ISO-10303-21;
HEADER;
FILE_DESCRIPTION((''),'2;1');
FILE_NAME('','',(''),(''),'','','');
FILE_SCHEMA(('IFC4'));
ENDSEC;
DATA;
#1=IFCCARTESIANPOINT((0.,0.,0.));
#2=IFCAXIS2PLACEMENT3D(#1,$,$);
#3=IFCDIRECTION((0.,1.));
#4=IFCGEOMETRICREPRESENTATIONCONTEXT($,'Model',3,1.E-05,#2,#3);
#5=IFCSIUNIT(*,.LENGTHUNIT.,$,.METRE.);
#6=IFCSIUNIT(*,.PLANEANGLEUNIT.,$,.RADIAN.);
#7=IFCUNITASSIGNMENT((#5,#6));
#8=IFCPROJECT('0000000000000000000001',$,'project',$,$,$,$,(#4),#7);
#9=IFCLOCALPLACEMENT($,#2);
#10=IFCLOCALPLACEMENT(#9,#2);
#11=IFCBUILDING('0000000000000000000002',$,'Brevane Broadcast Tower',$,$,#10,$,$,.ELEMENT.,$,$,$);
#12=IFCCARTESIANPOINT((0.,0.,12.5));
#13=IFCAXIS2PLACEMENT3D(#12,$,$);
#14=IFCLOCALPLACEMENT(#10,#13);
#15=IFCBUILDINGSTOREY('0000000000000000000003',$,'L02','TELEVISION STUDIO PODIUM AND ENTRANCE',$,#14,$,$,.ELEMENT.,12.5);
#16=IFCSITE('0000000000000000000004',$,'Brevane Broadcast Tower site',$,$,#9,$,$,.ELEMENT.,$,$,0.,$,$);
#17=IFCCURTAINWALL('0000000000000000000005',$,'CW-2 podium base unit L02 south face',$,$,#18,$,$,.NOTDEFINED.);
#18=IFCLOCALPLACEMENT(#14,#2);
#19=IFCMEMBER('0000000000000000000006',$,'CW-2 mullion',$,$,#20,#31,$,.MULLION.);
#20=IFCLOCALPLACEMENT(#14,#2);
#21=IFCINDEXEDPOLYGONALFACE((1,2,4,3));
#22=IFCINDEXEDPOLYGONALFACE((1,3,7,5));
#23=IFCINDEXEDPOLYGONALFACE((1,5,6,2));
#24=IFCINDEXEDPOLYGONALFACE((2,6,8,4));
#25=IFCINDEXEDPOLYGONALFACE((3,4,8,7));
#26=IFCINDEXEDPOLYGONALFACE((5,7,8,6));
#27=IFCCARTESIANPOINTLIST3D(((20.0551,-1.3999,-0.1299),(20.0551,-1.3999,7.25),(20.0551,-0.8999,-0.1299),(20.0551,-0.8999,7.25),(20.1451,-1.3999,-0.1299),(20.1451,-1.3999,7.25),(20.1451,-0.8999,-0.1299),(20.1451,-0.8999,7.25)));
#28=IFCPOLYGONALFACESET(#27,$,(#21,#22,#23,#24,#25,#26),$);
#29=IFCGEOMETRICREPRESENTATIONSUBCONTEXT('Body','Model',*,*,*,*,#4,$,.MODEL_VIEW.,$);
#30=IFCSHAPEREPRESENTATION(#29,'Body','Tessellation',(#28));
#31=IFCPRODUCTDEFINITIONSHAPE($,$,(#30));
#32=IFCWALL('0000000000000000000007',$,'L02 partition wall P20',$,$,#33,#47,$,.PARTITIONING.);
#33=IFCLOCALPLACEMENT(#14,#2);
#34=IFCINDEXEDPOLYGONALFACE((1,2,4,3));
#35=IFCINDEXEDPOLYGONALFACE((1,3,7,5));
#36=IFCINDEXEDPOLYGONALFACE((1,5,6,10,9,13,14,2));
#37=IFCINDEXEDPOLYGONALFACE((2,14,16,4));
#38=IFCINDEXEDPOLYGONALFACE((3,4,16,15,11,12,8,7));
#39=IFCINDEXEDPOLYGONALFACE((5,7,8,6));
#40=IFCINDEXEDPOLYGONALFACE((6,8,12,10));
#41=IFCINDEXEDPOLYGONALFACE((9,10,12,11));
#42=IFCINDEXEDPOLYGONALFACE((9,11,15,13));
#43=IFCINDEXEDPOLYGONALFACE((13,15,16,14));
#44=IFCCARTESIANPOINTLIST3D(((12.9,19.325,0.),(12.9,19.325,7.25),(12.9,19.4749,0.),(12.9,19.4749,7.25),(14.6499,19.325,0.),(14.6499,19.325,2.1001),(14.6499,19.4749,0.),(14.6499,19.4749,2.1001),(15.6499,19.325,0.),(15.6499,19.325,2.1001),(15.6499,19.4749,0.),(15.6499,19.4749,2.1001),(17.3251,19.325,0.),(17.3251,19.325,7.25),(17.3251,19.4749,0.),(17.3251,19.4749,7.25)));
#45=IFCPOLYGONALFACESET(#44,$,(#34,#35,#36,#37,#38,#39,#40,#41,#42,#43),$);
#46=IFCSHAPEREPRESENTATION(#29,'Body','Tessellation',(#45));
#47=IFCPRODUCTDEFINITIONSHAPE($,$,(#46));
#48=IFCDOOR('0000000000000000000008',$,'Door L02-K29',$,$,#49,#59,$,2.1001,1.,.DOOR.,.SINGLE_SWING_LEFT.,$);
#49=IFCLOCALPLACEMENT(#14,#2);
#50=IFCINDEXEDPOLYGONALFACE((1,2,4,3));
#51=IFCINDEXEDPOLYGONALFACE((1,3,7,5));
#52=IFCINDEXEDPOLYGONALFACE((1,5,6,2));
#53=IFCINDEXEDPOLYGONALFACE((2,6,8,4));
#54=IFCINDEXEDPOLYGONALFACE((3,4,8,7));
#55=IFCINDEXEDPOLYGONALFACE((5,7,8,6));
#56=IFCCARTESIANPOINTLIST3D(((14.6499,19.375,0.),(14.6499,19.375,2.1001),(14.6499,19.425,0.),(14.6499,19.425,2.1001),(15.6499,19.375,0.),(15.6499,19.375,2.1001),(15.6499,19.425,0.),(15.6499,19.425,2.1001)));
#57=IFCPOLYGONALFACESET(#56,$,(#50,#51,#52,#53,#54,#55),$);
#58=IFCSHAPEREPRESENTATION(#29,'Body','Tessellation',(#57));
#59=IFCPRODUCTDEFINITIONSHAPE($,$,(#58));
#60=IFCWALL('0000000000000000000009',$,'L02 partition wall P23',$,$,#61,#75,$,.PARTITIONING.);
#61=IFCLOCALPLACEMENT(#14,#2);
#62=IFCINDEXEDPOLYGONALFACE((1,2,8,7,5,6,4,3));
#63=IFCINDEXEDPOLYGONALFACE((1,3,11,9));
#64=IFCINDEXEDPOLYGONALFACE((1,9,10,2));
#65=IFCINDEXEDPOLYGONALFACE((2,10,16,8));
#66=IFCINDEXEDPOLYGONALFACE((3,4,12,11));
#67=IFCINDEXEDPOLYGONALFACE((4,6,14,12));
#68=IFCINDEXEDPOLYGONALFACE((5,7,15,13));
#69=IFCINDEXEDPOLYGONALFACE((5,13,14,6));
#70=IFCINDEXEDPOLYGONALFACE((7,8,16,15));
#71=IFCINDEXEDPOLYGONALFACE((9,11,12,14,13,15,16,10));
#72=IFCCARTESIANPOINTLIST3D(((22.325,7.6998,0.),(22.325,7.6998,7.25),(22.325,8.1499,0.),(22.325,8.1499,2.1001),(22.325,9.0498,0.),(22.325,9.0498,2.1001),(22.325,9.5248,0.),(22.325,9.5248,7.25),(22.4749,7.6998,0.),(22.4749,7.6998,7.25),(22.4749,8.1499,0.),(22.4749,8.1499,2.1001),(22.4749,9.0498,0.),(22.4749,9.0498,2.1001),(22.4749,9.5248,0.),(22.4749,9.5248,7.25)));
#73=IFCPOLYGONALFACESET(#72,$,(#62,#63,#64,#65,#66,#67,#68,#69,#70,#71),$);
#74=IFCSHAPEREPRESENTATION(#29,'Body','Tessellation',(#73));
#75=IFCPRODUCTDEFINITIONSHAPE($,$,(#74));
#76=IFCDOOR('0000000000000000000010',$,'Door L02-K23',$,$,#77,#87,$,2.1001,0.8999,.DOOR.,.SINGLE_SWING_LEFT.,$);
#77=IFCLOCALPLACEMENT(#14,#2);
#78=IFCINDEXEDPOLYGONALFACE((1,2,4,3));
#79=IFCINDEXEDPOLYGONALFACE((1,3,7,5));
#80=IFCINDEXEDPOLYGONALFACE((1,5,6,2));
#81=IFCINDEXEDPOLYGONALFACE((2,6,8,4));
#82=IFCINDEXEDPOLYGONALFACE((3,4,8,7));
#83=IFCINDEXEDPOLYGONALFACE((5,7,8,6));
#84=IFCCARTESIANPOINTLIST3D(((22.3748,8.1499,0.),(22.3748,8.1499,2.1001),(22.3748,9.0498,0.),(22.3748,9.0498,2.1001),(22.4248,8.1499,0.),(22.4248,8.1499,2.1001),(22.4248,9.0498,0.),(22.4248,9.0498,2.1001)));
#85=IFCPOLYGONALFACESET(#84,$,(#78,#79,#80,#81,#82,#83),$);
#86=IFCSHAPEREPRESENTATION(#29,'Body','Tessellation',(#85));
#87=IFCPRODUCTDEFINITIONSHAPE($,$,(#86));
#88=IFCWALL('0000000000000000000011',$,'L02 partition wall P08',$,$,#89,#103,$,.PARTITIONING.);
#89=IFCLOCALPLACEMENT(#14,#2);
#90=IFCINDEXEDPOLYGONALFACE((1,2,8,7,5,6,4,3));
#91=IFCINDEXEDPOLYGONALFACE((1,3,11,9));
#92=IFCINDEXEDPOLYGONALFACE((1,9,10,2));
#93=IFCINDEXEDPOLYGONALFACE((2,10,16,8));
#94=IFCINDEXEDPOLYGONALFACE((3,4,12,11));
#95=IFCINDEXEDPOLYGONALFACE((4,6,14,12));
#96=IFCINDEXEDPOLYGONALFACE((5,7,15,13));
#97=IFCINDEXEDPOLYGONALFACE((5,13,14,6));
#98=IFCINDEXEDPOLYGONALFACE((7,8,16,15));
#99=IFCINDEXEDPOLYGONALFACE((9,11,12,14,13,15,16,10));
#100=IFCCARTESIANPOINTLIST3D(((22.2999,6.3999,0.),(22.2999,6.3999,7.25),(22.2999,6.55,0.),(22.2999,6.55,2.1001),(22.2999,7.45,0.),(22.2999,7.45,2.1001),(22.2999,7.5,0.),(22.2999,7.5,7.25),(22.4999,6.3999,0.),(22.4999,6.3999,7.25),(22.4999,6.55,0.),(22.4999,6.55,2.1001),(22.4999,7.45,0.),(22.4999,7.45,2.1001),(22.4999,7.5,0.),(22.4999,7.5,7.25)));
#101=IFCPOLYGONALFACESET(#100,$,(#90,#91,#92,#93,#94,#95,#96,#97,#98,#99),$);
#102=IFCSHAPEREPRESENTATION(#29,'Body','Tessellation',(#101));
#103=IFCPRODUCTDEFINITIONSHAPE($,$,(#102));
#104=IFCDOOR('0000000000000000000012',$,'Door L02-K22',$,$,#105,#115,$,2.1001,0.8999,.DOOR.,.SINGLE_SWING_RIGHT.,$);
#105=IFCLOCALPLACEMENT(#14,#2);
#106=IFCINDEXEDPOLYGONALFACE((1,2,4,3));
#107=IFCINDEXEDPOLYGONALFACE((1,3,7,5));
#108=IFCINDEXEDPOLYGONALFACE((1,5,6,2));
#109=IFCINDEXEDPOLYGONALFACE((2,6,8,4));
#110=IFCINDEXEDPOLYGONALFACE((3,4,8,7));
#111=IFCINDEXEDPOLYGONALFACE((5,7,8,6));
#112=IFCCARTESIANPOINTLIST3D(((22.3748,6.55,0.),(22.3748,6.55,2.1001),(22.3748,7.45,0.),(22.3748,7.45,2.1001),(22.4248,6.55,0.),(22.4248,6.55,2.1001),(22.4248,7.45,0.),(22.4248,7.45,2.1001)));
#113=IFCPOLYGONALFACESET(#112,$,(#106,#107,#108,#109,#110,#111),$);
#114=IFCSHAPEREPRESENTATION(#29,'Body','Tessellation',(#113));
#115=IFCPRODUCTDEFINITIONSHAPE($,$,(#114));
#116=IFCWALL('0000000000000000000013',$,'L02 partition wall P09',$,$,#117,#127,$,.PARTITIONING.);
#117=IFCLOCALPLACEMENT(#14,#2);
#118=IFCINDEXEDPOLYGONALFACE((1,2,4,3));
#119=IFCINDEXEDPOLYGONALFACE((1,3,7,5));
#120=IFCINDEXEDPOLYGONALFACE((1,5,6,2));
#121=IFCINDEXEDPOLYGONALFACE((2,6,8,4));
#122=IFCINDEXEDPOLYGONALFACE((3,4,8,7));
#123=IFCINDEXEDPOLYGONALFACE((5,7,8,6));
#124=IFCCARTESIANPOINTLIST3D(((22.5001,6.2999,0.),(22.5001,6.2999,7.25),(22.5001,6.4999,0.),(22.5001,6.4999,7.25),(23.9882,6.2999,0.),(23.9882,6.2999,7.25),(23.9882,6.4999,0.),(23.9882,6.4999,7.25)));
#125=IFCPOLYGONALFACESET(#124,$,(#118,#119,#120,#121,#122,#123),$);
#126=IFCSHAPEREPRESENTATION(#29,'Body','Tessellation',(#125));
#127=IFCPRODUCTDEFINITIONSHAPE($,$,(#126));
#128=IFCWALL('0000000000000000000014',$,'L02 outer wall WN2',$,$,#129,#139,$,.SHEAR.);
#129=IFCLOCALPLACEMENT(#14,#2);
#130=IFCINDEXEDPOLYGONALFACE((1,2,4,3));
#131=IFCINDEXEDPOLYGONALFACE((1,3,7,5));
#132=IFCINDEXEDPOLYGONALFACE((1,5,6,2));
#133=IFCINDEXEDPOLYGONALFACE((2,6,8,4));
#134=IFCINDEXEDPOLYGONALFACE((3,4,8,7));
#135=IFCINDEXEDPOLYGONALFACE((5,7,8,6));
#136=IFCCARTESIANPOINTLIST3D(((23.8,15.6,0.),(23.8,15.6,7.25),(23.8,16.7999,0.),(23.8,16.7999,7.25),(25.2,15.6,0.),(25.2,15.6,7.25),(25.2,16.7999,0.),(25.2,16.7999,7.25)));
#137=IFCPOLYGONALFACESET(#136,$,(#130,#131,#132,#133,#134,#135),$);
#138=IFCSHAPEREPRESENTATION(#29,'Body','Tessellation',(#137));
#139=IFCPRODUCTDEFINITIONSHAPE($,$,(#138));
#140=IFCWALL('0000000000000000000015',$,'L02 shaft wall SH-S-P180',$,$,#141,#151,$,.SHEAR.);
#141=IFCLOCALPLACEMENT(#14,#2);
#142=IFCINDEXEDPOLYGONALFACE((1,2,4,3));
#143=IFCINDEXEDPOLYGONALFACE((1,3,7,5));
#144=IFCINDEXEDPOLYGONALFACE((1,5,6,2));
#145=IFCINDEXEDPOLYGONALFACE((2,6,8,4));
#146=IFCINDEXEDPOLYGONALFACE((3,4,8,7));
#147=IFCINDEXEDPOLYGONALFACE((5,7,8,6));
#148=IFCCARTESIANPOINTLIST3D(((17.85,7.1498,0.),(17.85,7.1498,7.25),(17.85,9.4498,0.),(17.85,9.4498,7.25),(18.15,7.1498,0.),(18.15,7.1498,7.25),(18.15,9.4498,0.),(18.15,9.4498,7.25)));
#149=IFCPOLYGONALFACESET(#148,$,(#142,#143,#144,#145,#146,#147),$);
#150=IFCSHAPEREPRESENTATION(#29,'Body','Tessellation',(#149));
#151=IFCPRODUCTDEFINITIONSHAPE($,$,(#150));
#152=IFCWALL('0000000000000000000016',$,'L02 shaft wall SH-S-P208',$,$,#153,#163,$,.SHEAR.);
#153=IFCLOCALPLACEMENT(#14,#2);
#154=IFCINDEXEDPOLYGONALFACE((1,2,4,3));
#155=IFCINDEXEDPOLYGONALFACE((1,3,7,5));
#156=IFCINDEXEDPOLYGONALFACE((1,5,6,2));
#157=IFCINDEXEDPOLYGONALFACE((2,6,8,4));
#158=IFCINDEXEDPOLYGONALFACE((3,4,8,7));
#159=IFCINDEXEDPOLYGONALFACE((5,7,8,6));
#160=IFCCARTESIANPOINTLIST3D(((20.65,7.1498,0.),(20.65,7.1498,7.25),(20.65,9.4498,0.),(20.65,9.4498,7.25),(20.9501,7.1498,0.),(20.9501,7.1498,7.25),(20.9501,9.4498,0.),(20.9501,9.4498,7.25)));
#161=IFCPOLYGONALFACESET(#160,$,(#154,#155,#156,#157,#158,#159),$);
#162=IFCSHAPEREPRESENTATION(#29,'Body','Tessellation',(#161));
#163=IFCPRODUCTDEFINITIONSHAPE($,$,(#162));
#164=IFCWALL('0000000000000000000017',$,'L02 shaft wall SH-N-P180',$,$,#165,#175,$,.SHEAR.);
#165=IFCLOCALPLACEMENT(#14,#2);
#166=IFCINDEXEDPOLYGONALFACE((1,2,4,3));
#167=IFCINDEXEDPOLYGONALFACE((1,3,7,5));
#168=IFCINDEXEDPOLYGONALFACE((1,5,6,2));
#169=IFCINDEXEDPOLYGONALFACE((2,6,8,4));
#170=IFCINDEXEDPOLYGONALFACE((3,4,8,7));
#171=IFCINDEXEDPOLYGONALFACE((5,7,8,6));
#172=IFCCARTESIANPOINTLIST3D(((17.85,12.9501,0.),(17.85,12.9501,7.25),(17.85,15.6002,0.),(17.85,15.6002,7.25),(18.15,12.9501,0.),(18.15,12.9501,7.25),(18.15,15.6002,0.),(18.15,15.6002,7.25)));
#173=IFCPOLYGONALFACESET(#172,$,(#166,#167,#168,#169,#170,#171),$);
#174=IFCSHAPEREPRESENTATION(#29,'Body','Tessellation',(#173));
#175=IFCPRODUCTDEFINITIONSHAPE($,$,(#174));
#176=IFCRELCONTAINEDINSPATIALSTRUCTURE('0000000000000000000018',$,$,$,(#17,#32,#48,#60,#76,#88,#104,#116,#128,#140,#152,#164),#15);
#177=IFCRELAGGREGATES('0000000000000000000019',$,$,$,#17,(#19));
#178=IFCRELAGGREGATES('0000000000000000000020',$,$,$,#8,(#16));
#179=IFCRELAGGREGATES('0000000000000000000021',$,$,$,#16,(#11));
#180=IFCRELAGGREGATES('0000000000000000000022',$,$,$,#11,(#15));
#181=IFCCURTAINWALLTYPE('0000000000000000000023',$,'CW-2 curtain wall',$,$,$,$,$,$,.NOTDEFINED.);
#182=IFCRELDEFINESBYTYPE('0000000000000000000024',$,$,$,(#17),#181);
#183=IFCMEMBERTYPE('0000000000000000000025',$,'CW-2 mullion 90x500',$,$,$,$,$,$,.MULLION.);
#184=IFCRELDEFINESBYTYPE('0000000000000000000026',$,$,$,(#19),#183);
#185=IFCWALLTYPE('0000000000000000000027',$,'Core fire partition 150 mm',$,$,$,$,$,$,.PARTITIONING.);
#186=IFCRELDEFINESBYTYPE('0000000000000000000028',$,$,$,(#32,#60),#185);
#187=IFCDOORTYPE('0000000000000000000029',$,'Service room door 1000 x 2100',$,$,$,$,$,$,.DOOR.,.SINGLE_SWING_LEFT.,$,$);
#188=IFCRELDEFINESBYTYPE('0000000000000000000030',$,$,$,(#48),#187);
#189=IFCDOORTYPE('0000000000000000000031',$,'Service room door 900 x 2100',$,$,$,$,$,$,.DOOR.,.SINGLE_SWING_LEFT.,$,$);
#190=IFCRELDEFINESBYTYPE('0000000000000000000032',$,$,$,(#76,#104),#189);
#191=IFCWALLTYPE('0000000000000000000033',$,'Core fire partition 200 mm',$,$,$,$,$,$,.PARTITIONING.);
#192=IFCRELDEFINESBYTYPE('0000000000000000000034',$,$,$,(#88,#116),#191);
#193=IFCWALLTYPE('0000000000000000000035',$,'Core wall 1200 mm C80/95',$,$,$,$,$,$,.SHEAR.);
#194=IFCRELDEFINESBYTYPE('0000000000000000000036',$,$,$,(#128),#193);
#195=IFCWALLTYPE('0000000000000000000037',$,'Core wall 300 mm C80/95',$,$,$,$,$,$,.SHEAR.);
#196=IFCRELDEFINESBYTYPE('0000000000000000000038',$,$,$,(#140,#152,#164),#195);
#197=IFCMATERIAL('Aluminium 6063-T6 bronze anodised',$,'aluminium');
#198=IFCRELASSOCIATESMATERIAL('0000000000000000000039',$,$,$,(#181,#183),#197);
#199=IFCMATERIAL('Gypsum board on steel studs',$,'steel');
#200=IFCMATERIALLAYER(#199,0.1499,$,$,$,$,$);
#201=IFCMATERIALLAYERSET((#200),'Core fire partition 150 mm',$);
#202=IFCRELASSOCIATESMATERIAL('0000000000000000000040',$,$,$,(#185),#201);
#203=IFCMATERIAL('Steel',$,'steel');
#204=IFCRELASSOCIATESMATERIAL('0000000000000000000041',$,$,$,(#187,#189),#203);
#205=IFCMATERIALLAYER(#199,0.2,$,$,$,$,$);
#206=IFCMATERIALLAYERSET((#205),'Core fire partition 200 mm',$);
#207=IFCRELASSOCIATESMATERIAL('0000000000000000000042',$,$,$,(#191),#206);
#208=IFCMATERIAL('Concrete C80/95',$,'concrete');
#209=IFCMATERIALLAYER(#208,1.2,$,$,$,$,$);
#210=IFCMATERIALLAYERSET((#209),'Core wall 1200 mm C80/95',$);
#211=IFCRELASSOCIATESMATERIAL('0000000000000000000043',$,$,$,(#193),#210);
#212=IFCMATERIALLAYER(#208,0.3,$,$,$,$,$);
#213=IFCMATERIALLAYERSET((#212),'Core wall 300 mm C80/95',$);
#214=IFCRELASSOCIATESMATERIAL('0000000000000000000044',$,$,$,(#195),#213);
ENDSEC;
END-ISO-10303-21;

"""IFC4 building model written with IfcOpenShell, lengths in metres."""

from ifc_helpers import new_model, si_unit, direction, frame, frame_2d, origin, origin_2d, place, context, subcontext, project, spatial, rectangle, extrude, material, layer, layer_set, material_profile, profile_set, type_object, element, fill, aggregate, save


model = new_model("IFC4")

# Units and contexts
model_context = context("Model", 3, precision=1e-05, world=origin(), true_north=direction((0.0, 1.0)))
body_context = subcontext(model_context, "Body", "Model", "MODEL_VIEW")
ifc_project = project(units=[si_unit("LENGTHUNIT", "METRE"), si_unit("PLANEANGLEUNIT", "RADIAN")], contexts=[model_context])

# Site, building, storey
site_placement = place(None, origin())
site = spatial("IfcSite", under=ifc_project, at=site_placement, Name="Brevane Broadcast Tower site", CompositionType="ELEMENT", RefElevation=0.0)
building_placement = place(site_placement, origin())
building = spatial("IfcBuilding", under=site, at=building_placement, Name="Brevane Broadcast Tower", CompositionType="ELEMENT")
storey_placement = place(building_placement, frame((0.0, 0.0, 12.5)))
storey = spatial("IfcBuildingStorey", under=building, at=storey_placement, Name="L02", Description="TELEVISION STUDIO PODIUM AND ENTRANCE", CompositionType="ELEMENT", Elevation=12.5)

# Curtain wall, member
ifc_material_1 = material(Name="Aluminium 6063-T6 bronze anodised", Category="aluminium")
curtain_wall_type = type_object("IfcCurtainWallType", Name="CW-2 curtain wall", PredefinedType="NOTDEFINED", material=ifc_material_1)
curtain_wall_placement = place(storey_placement, origin())
curtain_wall = element("IfcCurtainWall", 1, at=curtain_wall_placement, inside=storey, type_object=curtain_wall_type, Name="CW-2 podium base unit L02 south face", PredefinedType="NOTDEFINED")
ifc_material_profile = material_profile(ifc_material_1, rectangle(XDim=0.5, YDim=0.0901, at=origin_2d()), Name="RECT 90x500")
ifc_profile_set = profile_set([ifc_material_profile], Name="Aluminium 6063-T6 bronze anodised")
member_type = type_object("IfcMemberType", Name="CW-2 mullion 90x500", PredefinedType="MULLION", material=ifc_profile_set)
member_placement = place(storey_placement, frame((20.1001, -1.1499, -0.1299), z_axis=(0.0, 0.0, 1.0), x_axis=(0.0, 1.0, 0.0)))
member = element("IfcMember", 2, at=member_placement, type_object=member_type, Name="CW-2 mullion", PredefinedType="MULLION", context=body_context, shape_type="SweptSolid", body=[
    extrude(rectangle(XDim=0.5, YDim=0.0901, at=origin_2d()), origin(), (0.0, 0.0, 1.0), 7.3799),
])
aggregate(curtain_wall, [member])

# Walls, openings, doors
ifc_material_2 = material(Name="Gypsum board on steel studs", Category="steel")
ifc_layer_1 = layer(ifc_material_2, 0.1499)
ifc_layer_set_1 = layer_set([ifc_layer_1], Name="Core fire partition 150 mm")
wall_type_1 = type_object("IfcWallType", Name="Core fire partition 150 mm", PredefinedType="PARTITIONING", material=ifc_layer_set_1)
wall_1_placement = place(storey_placement, frame((17.325, 19.3999, 0.0), z_axis=(0.0, 0.0, 1.0), x_axis=(-1.0, 0.0, 0.0)))
wall_1 = element("IfcWall", 3, at=wall_1_placement, inside=storey, type_object=wall_type_1, Name="L02 partition wall P20", PredefinedType="PARTITIONING", context=body_context, shape_type="SweptSolid", body=[
    extrude(rectangle(XDim=4.425, YDim=0.1499, at=frame_2d((2.2124, 0.0))), origin(), (0.0, 0.0, 1.0), 7.25),
])
opening_1_placement = place(wall_1_placement, frame((1.675, 0.0, 0.0)))
opening_1 = element("IfcOpeningElement", 4, at=opening_1_placement, cuts=wall_1, PredefinedType="OPENING", context=body_context, shape_type="SweptSolid", body=[
    extrude(rectangle(XDim=1.0, YDim=2.1001, at=frame_2d((0.5, 1.05))), frame((0.0, 0.085, 0.0), z_axis=(0.0, -1.0, 0.0), x_axis=(1.0, 0.0, 0.0)), (0.0, 0.0, 1.0), 0.1699),
])
ifc_material_3 = material(Name="Steel", Category="steel")
door_type_1 = type_object("IfcDoorType", Name="Service room door 1000 x 2100", OperationType="SINGLE_SWING_LEFT", PredefinedType="DOOR", material=ifc_material_3)
door_1_placement = place(opening_1_placement, origin())
door_1 = element("IfcDoor", 5, at=door_1_placement, inside=storey, type_object=door_type_1, Name="Door L02-K29", OperationType="SINGLE_SWING_LEFT", OverallHeight=2.1001, OverallWidth=1.0, PredefinedType="DOOR", context=body_context, shape_type="SweptSolid", body=[
    extrude(rectangle(XDim=1.0, YDim=2.1001, at=frame_2d((0.5, 1.05))), frame((0.0, 0.0249, 0.0), z_axis=(0.0, -1.0, 0.0), x_axis=(1.0, 0.0, 0.0)), (0.0, 0.0, 1.0), 0.05),
])
fill(opening_1, door_1)
wall_2_placement = place(storey_placement, frame((22.3999, 9.5249, 0.0), z_axis=(0.0, 0.0, 1.0), x_axis=(0.0, -1.0, 0.0)))
wall_2 = element("IfcWall", 6, at=wall_2_placement, inside=storey, type_object=wall_type_1, Name="L02 partition wall P23", PredefinedType="PARTITIONING", context=body_context, shape_type="SweptSolid", body=[
    extrude(rectangle(XDim=1.825, YDim=0.1499, at=frame_2d((0.9126, 0.0))), origin(), (0.0, 0.0, 1.0), 7.25),
])
opening_2_placement = place(wall_2_placement, frame((0.4751, 0.0, 0.0)))
opening_2 = element("IfcOpeningElement", 7, at=opening_2_placement, cuts=wall_2, PredefinedType="OPENING", context=body_context, shape_type="SweptSolid", body=[
    extrude(rectangle(XDim=0.8999, YDim=2.1001, at=frame_2d((0.45, 1.05))), frame((0.0, 0.085, 0.0), z_axis=(0.0, -1.0, 0.0), x_axis=(1.0, 0.0, 0.0)), (0.0, 0.0, 1.0), 0.1699),
])
door_type_2 = type_object("IfcDoorType", Name="Service room door 900 x 2100", OperationType="SINGLE_SWING_LEFT", PredefinedType="DOOR", material=ifc_material_3)
door_2_placement = place(opening_2_placement, origin())
door_2 = element("IfcDoor", 8, at=door_2_placement, inside=storey, type_object=door_type_2, Name="Door L02-K23", OperationType="SINGLE_SWING_LEFT", OverallHeight=2.1001, OverallWidth=0.8999, PredefinedType="DOOR", context=body_context, shape_type="SweptSolid", body=[
    extrude(rectangle(XDim=0.8999, YDim=2.1001, at=frame_2d((0.45, 1.05))), frame((0.0, 0.0249, 0.0), z_axis=(0.0, -1.0, 0.0), x_axis=(1.0, 0.0, 0.0)), (0.0, 0.0, 1.0), 0.05),
])
fill(opening_2, door_2)
ifc_layer_2 = layer(ifc_material_2, 0.2)
ifc_layer_set_2 = layer_set([ifc_layer_2], Name="Core fire partition 200 mm")
wall_type_2 = type_object("IfcWallType", Name="Core fire partition 200 mm", PredefinedType="PARTITIONING", material=ifc_layer_set_2)
wall_3_placement = place(storey_placement, frame((22.3999, 7.5, 0.0), z_axis=(0.0, 0.0, 1.0), x_axis=(0.0, -1.0, 0.0)))
wall_3 = element("IfcWall", 9, at=wall_3_placement, inside=storey, type_object=wall_type_2, Name="L02 partition wall P08", PredefinedType="PARTITIONING", context=body_context, shape_type="SweptSolid", body=[
    extrude(rectangle(XDim=1.1001, YDim=0.2, at=frame_2d((0.55, 0.0))), origin(), (0.0, 0.0, 1.0), 7.25),
])
opening_3_placement = place(wall_3_placement, frame((0.05, 0.0, 0.0)))
opening_3 = element("IfcOpeningElement", 10, at=opening_3_placement, cuts=wall_3, PredefinedType="OPENING", context=body_context, shape_type="SweptSolid", body=[
    extrude(rectangle(XDim=0.8999, YDim=2.1001, at=frame_2d((0.45, 1.05))), frame((0.0, 0.1099, 0.0), z_axis=(0.0, -1.0, 0.0), x_axis=(1.0, 0.0, 0.0)), (0.0, 0.0, 1.0), 0.22),
])
door_3_placement = place(opening_3_placement, origin())
door_3 = element("IfcDoor", 11, at=door_3_placement, inside=storey, type_object=door_type_2, Name="Door L02-K22", OperationType="SINGLE_SWING_RIGHT", OverallHeight=2.1001, OverallWidth=0.8999, PredefinedType="DOOR", context=body_context, shape_type="SweptSolid", body=[
    extrude(rectangle(XDim=0.8999, YDim=2.1001, at=frame_2d((0.45, 1.05))), frame((0.0, 0.0249, 0.0), z_axis=(0.0, -1.0, 0.0), x_axis=(1.0, 0.0, 0.0)), (0.0, 0.0, 1.0), 0.05),
])
fill(opening_3, door_3)

# Walls
wall_4_placement = place(storey_placement, frame((22.5, 6.3999, 0.0), z_axis=(0.0, 0.0, 1.0), x_axis=(1.0, 0.0, 0.0)))
element("IfcWall", 12, at=wall_4_placement, inside=storey, type_object=wall_type_2, Name="L02 partition wall P09", PredefinedType="PARTITIONING", context=body_context, shape_type="SweptSolid", body=[
    extrude(rectangle(XDim=1.488, YDim=0.2, at=frame_2d((0.7441, 0.0))), origin(), (0.0, 0.0, 1.0), 7.25),
])
ifc_material_4 = material(Name="Concrete C80/95", Category="concrete")
ifc_layer_3 = layer(ifc_material_4, 1.2)
ifc_layer_set_3 = layer_set([ifc_layer_3], Name="Core wall 1200 mm C80/95")
wall_type_3 = type_object("IfcWallType", Name="Core wall 1200 mm C80/95", PredefinedType="SHEAR", material=ifc_layer_set_3)
wall_5_placement = place(storey_placement, frame((23.8, 16.2, 0.0), z_axis=(0.0, 0.0, 1.0), x_axis=(1.0, 0.0, 0.0)))
element("IfcWall", 13, at=wall_5_placement, inside=storey, type_object=wall_type_3, Name="L02 outer wall WN2", PredefinedType="SHEAR", context=body_context, shape_type="SweptSolid", body=[
    extrude(rectangle(XDim=1.3999, YDim=1.2, at=frame_2d((0.7, 0.0))), origin(), (0.0, 0.0, 1.0), 7.25),
])
ifc_layer_4 = layer(ifc_material_4, 0.3)
ifc_layer_set_4 = layer_set([ifc_layer_4], Name="Core wall 300 mm C80/95")
wall_type_4 = type_object("IfcWallType", Name="Core wall 300 mm C80/95", PredefinedType="SHEAR", material=ifc_layer_set_4)
for number, where, z_axis, x_axis, name in (
    (14, (18.0, 7.1499, 0.0), (0.0, 0.0, 1.0), (0.0, 1.0, 0.0), "L02 shaft wall SH-S-P180"),
    (15, (20.8, 7.1499, 0.0), (0.0, 0.0, 1.0), (0.0, 1.0, 0.0), "L02 shaft wall SH-S-P208"),
):
    element("IfcWall", number, at=place(storey_placement, frame(where, z_axis=z_axis, x_axis=x_axis)), inside=storey, type_object=wall_type_4, Name=name, PredefinedType="SHEAR", context=body_context, shape_type="SweptSolid", body=[
        extrude(rectangle(XDim=2.3, YDim=0.3, at=frame_2d((1.1499, 0.0))), origin(), (0.0, 0.0, 1.0), 7.25),
    ])
for number, where, z_axis, x_axis, name in (
    (16, (18.0, 12.95, 0.0), (0.0, 0.0, 1.0), (0.0, 1.0, 0.0), "L02 shaft wall SH-N-P180"),
):
    element("IfcWall", number, at=place(storey_placement, frame(where, z_axis=z_axis, x_axis=x_axis)), inside=storey, type_object=wall_type_4, Name=name, PredefinedType="SHEAR", context=body_context, shape_type="SweptSolid", body=[
        extrude(rectangle(XDim=2.6501, YDim=0.3, at=frame_2d((1.3252, 0.0))), origin(), (0.0, 0.0, 1.0), 7.25),
    ])

save(model, "model.ifc")
